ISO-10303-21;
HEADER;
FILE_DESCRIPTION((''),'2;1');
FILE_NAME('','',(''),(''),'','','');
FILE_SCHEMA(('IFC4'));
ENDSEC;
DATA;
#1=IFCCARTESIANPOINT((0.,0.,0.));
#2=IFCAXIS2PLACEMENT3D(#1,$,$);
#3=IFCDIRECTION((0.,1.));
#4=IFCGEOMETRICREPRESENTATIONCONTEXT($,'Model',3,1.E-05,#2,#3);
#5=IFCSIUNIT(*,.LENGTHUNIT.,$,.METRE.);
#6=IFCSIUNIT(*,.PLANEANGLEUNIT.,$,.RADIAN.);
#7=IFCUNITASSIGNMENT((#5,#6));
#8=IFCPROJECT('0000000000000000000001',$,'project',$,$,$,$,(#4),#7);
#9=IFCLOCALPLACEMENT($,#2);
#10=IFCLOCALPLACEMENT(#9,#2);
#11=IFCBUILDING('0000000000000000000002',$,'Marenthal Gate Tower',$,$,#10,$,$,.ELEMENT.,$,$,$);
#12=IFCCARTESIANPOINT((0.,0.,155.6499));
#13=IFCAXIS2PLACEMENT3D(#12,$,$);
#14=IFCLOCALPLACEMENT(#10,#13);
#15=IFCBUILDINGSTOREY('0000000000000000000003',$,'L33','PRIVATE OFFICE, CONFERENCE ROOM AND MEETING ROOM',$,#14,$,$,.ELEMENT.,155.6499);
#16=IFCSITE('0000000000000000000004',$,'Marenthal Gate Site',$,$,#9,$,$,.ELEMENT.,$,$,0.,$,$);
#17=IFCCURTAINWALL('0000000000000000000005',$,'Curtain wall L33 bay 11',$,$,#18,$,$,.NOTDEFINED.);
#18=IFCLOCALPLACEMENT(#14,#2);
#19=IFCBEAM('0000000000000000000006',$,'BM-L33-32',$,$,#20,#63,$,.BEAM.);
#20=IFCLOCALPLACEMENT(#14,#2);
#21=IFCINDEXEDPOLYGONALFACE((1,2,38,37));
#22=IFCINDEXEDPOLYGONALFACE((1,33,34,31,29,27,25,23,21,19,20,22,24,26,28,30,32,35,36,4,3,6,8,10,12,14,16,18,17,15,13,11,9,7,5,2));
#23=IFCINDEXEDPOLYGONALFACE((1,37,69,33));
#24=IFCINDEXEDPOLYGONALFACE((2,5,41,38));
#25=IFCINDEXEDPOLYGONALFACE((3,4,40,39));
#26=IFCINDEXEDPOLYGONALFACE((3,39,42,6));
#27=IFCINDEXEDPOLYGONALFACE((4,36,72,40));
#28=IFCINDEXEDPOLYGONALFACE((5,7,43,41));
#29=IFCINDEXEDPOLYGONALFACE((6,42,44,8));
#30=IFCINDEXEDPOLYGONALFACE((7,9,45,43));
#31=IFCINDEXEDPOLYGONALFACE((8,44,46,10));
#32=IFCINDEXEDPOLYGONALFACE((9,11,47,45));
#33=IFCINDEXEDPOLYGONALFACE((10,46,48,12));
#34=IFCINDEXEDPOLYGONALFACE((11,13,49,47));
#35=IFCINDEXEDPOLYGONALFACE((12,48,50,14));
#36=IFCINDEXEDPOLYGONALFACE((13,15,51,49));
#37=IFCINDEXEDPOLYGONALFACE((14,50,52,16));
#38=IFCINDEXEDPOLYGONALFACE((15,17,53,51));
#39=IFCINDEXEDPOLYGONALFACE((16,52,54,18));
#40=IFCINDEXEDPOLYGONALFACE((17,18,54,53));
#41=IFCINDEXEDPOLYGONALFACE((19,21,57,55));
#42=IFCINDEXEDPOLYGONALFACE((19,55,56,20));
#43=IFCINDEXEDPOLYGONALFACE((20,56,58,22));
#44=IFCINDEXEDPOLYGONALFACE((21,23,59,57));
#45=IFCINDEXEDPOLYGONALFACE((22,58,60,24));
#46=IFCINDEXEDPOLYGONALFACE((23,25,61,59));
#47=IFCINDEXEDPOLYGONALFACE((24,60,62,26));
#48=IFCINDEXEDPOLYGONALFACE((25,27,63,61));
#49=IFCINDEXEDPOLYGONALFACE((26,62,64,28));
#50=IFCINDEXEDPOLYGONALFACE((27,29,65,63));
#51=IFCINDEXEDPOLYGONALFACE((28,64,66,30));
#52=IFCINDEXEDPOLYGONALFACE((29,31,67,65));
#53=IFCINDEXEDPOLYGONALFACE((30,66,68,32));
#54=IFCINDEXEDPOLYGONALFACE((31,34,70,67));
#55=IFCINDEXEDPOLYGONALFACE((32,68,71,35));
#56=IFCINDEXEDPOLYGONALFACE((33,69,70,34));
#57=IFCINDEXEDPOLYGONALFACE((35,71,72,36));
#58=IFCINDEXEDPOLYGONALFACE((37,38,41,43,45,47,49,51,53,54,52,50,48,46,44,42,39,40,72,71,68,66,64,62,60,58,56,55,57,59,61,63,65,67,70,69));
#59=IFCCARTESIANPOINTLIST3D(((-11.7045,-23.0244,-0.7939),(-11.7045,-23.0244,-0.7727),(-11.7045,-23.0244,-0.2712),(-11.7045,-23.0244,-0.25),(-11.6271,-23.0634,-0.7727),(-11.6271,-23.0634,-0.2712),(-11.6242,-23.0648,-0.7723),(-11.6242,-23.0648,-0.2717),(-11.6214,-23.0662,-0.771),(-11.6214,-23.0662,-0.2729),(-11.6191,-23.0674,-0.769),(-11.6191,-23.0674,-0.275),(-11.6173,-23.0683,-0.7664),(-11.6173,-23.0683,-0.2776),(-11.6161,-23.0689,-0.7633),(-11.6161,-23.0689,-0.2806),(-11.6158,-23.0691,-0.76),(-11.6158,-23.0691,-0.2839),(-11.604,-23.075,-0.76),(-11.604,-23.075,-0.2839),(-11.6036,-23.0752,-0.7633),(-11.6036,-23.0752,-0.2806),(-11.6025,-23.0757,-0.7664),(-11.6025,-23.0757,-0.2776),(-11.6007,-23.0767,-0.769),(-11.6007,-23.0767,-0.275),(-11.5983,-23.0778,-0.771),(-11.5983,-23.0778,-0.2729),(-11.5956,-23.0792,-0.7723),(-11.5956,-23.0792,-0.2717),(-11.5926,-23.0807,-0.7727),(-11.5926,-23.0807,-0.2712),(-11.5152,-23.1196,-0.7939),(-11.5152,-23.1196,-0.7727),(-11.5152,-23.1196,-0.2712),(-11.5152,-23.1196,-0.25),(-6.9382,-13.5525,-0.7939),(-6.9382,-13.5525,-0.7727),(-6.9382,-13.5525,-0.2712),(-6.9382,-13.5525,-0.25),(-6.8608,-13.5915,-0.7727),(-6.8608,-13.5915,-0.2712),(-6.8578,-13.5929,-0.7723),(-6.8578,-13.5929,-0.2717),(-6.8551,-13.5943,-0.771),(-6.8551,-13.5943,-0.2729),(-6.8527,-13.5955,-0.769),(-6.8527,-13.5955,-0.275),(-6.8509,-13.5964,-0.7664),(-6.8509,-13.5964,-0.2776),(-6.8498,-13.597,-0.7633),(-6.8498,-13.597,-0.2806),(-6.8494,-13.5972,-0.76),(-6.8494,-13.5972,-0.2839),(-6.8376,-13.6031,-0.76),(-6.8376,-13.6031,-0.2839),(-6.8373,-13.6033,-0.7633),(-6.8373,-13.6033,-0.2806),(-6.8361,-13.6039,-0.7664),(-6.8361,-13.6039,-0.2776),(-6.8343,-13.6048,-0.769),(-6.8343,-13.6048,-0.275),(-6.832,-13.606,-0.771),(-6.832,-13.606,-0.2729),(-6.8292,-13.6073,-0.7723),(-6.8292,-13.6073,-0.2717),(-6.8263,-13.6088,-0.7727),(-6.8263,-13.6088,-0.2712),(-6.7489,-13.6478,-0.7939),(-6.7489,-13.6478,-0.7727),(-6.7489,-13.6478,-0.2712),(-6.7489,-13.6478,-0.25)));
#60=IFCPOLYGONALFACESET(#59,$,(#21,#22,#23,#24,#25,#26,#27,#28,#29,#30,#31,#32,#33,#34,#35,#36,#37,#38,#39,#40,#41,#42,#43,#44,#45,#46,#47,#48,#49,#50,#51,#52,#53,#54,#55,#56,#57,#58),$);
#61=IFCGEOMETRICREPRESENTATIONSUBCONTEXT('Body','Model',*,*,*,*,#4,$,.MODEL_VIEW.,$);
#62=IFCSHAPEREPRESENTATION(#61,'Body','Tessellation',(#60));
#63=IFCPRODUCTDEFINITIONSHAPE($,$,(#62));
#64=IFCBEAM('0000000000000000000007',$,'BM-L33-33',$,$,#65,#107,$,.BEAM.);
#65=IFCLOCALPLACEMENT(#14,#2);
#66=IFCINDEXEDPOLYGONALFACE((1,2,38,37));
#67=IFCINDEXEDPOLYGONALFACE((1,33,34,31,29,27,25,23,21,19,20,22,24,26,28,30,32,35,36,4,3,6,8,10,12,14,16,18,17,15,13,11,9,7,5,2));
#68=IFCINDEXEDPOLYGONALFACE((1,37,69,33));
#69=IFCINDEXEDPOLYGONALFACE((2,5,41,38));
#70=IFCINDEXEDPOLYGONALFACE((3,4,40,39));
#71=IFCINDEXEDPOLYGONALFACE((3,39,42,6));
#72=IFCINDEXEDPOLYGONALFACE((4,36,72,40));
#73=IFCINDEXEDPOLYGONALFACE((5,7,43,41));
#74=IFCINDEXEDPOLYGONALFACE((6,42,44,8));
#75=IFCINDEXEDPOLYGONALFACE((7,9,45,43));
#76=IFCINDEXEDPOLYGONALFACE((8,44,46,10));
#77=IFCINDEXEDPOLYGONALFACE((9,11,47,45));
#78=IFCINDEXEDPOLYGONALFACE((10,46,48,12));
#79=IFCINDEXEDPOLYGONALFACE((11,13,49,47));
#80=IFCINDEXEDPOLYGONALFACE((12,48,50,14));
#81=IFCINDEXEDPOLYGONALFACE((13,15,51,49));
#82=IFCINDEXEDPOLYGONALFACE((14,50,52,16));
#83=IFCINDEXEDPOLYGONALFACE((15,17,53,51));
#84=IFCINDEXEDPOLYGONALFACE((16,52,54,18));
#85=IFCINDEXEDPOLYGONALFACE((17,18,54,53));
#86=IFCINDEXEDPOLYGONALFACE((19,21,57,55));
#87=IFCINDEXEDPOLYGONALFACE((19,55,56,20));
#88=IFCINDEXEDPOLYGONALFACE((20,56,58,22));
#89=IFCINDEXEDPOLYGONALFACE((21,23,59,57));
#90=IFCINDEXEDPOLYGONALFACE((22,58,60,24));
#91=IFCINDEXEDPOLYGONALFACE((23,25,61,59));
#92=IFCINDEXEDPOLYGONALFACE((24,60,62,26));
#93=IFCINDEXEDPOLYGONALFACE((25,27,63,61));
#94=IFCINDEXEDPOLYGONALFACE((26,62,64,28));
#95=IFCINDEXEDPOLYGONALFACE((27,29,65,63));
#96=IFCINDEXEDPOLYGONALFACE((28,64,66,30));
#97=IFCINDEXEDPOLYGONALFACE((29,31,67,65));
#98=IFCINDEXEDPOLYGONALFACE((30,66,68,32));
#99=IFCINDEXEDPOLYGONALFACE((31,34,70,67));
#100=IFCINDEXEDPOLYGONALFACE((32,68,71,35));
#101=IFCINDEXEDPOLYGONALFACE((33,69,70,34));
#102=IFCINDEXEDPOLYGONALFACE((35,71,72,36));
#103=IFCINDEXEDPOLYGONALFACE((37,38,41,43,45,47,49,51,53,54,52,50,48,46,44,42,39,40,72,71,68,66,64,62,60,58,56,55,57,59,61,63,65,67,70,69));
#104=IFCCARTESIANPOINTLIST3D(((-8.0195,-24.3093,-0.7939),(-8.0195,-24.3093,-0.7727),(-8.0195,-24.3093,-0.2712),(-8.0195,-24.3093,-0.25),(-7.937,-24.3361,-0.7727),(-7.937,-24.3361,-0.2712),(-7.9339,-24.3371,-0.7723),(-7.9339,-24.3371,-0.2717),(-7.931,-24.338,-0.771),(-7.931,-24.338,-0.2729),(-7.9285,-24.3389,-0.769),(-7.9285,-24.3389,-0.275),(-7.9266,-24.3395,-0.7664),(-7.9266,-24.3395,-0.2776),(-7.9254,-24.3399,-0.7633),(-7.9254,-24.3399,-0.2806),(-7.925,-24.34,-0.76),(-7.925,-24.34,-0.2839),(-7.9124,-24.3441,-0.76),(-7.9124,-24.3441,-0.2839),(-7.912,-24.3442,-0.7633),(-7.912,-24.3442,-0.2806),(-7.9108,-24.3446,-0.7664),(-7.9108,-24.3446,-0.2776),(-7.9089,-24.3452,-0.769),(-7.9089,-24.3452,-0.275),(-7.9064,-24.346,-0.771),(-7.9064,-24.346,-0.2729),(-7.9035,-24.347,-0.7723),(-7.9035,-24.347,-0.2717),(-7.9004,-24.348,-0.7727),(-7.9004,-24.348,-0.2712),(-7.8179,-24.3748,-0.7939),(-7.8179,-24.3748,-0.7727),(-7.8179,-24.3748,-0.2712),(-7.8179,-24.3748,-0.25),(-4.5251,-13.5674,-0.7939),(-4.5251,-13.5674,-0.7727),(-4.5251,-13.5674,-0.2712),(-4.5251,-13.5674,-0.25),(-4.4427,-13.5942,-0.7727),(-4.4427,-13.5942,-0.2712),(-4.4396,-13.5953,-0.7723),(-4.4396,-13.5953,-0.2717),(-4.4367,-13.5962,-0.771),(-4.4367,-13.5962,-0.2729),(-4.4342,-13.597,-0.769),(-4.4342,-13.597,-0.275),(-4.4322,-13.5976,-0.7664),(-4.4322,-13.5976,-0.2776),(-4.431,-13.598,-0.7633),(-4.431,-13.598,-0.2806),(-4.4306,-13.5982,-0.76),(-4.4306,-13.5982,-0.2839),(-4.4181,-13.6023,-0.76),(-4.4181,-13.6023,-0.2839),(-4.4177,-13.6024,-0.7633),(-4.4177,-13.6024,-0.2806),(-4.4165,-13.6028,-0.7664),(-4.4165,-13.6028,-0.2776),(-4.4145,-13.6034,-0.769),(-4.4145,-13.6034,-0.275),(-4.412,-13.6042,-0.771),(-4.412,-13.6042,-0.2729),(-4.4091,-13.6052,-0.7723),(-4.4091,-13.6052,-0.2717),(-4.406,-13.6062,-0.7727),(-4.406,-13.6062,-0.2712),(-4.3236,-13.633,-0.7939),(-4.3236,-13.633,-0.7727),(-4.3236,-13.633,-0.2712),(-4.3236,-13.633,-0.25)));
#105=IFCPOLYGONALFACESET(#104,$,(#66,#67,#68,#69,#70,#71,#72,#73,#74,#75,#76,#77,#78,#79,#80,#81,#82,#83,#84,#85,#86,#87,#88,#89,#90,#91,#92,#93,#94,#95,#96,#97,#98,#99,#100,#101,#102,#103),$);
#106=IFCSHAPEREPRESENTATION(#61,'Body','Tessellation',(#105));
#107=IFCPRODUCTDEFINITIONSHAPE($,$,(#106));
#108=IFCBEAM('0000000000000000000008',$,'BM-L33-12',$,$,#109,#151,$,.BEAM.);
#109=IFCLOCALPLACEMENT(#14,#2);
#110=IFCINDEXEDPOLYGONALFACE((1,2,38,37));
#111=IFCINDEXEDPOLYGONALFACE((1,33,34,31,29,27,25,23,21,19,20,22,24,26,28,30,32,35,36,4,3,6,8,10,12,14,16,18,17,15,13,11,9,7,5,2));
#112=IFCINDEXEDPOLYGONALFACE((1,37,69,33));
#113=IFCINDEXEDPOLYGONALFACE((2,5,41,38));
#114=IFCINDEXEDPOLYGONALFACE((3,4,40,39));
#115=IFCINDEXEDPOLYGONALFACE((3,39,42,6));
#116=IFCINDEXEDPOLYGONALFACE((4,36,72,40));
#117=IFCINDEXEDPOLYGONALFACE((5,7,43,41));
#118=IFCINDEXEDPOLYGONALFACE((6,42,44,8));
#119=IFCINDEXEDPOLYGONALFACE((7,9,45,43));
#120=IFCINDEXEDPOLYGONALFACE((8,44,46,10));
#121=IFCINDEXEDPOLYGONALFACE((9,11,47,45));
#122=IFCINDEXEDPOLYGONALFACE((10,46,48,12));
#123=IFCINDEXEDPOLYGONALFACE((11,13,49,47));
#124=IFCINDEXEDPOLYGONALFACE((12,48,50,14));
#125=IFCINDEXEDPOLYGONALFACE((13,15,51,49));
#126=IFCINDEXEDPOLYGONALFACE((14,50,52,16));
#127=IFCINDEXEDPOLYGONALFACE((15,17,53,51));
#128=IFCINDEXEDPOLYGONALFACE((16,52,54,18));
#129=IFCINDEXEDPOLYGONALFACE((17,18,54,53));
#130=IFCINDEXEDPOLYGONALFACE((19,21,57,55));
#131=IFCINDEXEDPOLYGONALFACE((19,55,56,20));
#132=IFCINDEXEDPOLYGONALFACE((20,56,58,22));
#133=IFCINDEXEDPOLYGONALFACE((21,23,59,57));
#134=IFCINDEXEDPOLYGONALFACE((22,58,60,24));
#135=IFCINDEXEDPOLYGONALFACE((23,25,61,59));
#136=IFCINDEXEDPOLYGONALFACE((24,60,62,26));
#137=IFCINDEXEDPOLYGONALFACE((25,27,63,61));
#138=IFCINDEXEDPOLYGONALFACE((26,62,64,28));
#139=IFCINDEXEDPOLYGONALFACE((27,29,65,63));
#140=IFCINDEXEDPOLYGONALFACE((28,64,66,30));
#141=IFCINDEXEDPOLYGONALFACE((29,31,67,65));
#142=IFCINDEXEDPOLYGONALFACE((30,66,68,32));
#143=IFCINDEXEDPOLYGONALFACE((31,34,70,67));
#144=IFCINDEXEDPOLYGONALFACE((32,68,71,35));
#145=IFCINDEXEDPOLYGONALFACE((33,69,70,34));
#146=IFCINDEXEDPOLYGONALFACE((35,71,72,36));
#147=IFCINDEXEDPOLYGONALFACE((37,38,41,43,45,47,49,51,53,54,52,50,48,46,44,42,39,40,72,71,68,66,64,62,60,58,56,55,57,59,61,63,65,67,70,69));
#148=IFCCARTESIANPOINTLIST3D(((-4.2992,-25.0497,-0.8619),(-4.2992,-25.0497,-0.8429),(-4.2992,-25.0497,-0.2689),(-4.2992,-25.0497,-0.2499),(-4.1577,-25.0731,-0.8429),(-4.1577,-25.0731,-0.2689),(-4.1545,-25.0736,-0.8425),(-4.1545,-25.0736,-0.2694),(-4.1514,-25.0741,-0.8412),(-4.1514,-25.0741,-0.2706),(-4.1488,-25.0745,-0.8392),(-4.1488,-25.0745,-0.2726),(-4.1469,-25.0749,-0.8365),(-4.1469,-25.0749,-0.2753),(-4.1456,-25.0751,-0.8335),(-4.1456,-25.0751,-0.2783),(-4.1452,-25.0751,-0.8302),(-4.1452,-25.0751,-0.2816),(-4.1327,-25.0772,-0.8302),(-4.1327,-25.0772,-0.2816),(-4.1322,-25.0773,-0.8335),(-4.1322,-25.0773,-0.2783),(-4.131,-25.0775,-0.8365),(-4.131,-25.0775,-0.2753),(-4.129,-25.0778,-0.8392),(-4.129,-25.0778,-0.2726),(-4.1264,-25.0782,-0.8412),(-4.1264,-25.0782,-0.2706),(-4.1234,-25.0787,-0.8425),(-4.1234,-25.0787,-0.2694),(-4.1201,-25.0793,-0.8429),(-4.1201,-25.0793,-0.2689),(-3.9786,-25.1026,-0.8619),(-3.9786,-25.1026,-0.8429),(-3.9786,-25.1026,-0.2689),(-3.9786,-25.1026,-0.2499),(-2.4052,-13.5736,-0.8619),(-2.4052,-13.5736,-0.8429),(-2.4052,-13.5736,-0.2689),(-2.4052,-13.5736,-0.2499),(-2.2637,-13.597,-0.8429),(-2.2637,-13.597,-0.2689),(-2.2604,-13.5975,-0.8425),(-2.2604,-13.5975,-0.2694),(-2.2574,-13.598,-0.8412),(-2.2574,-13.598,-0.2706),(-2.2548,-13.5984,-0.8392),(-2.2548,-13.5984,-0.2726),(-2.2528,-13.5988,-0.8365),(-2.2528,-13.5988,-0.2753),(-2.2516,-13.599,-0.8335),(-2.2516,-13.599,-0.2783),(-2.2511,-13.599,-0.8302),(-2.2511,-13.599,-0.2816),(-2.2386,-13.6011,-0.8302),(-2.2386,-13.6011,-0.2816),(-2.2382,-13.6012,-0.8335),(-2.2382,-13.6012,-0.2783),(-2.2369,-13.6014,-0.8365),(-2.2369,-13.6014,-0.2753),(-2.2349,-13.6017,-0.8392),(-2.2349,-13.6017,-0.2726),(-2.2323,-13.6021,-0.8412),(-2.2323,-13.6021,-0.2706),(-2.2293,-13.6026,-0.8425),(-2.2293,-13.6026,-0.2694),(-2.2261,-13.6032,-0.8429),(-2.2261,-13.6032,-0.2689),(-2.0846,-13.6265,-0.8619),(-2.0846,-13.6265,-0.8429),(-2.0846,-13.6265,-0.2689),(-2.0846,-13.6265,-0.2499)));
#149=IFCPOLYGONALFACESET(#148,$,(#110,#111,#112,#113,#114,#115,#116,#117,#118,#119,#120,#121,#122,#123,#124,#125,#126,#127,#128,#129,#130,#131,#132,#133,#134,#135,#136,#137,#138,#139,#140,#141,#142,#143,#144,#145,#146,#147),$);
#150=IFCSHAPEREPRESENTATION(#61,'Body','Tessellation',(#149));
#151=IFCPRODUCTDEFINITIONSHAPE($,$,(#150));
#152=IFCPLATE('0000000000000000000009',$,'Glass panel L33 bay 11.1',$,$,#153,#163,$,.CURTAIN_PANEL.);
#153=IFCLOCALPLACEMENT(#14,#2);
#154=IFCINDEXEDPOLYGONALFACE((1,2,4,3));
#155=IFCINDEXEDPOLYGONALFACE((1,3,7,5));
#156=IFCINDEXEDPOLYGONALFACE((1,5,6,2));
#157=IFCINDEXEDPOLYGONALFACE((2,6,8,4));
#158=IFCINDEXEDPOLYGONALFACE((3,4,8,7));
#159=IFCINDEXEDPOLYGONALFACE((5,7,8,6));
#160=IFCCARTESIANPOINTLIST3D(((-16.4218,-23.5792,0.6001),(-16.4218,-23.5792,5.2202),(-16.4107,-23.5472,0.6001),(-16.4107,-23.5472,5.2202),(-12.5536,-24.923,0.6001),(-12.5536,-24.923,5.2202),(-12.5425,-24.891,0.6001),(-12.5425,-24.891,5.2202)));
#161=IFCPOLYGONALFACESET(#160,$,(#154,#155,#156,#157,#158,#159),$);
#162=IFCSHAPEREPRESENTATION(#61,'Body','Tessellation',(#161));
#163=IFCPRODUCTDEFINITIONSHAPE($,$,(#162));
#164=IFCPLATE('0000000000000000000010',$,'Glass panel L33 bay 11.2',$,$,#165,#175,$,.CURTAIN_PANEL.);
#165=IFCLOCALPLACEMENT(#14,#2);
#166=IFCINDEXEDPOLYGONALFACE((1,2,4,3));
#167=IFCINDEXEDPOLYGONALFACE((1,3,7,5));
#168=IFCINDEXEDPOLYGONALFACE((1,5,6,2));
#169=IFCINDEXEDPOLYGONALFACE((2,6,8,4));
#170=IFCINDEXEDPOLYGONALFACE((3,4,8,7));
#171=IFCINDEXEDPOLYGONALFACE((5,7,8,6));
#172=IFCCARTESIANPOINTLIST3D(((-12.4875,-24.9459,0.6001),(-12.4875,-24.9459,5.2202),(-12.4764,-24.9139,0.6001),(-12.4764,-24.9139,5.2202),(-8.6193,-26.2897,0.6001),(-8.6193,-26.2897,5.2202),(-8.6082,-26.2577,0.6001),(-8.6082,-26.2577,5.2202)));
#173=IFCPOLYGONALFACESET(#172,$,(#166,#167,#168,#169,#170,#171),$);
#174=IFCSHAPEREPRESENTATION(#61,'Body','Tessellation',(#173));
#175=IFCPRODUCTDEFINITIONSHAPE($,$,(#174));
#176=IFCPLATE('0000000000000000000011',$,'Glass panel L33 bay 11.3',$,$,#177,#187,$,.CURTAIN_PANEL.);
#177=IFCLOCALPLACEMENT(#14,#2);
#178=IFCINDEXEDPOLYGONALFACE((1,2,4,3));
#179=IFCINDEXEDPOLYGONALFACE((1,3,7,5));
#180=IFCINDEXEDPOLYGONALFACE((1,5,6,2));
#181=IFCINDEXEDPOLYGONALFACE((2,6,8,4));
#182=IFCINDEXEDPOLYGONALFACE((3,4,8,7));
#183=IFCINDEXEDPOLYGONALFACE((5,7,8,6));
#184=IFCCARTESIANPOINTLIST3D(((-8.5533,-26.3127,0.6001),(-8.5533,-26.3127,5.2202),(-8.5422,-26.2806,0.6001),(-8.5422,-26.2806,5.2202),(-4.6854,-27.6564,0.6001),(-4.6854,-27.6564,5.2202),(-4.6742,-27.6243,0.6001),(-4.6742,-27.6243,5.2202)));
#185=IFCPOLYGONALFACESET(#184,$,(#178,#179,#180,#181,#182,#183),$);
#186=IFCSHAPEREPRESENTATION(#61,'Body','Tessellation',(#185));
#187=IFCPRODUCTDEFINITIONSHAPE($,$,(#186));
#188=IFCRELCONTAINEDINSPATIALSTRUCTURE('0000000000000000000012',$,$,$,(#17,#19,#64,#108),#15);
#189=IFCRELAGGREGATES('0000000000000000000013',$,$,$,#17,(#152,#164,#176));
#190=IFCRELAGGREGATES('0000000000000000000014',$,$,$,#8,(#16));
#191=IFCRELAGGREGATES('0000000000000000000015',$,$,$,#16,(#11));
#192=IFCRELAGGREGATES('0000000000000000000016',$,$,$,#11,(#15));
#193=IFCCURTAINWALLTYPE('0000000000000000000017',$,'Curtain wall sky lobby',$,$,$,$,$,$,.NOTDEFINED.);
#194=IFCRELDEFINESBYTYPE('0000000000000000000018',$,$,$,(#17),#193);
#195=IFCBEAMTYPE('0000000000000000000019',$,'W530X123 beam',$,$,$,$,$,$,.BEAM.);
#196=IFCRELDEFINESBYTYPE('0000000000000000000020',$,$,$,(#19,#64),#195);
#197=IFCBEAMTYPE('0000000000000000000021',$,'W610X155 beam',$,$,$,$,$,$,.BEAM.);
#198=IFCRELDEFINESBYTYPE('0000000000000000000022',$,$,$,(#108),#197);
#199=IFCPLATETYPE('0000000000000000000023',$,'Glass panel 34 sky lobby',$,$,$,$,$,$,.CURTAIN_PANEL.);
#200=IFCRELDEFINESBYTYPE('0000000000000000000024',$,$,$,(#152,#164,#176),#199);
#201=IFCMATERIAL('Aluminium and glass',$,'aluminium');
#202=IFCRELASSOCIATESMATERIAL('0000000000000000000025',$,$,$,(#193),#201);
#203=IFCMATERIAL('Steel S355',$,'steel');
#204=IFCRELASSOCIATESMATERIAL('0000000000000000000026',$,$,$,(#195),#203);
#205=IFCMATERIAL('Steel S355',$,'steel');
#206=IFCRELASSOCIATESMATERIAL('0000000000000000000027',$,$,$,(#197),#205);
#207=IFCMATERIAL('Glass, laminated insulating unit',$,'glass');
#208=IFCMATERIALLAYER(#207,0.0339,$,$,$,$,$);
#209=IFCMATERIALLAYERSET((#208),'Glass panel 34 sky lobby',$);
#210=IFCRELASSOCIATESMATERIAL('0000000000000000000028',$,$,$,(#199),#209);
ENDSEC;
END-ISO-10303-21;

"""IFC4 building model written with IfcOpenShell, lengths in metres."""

from ifc_helpers import new_model, si_unit, direction, frame, origin, origin_2d, place, context, subcontext, project, spatial, rectangle, i_section, extrude, material, layer, layer_set, material_profile, profile_set, type_object, element, aggregate, save


model = new_model("IFC4")

# Units and contexts
model_context = context("Model", 3, precision=1e-05, world=origin(), true_north=direction((0.0, 1.0)))
body_context = subcontext(model_context, "Body", "Model", "MODEL_VIEW")
ifc_project = project(units=[si_unit("LENGTHUNIT", "METRE"), si_unit("PLANEANGLEUNIT", "RADIAN")], contexts=[model_context])

# Site, building, storey
site_placement = place(None, origin())
site = spatial("IfcSite", under=ifc_project, at=site_placement, Name="Marenthal Gate Site", CompositionType="ELEMENT", RefElevation=0.0)
building_placement = place(site_placement, origin())
building = spatial("IfcBuilding", under=site, at=building_placement, Name="Marenthal Gate Tower", CompositionType="ELEMENT")
storey_placement = place(building_placement, frame((0.0, 0.0, 155.6499)))
storey = spatial("IfcBuildingStorey", under=building, at=storey_placement, Name="L33", Description="PRIVATE OFFICE, CONFERENCE ROOM AND MEETING ROOM", CompositionType="ELEMENT", Elevation=155.6499)

# Curtain wall
ifc_material_1 = material(Name="Aluminium and glass", Category="aluminium")
curtain_wall_type = type_object("IfcCurtainWallType", Name="Curtain wall sky lobby", PredefinedType="NOTDEFINED", material=ifc_material_1)
curtain_wall_1_placement = place(storey_placement, origin())
curtain_wall_1 = element("IfcCurtainWall", 1, at=curtain_wall_1_placement, inside=storey, type_object=curtain_wall_type, Name="Curtain wall L33 bay 11", PredefinedType="NOTDEFINED")

# Beams
ifc_material_2 = material(Name="Steel S355", Category="steel")
ifc_material_profile_1 = material_profile(ifc_material_2, i_section(OverallWidth=0.2119, OverallDepth=0.5439, WebThickness=0.0132, FlangeThickness=0.0212, FilletRadius=0.0127, at=origin_2d()), Name="W530X123")
ifc_profile_set_1 = profile_set([ifc_material_profile_1], Name="Steel S355")
beam_type_1 = type_object("IfcBeamType", Name="W530X123 beam", PredefinedType="BEAM", material=ifc_profile_set_1)
beam_1_placement = place(storey_placement, frame((-11.6099, -23.072, -0.522), z_axis=(0.449505, 0.893278, 0.0), x_axis=(-0.893278, 0.449505, 0.0)))
element("IfcBeam", 2, at=beam_1_placement, inside=storey, type_object=beam_type_1, Name="BM-L33-32", PredefinedType="BEAM", context=body_context, shape_type="SweptSolid", body=[
    extrude(i_section(OverallWidth=0.2119, OverallDepth=0.5439, WebThickness=0.0132, FlangeThickness=0.0212, FilletRadius=0.0127, at=origin_2d()), origin(), (0.0, 0.0, 1.0), 10.6035),
])
beam_2_placement = place(storey_placement, frame((-7.9187, -24.342, -0.522), z_axis=(0.309347, 0.950949, 0.0), x_axis=(-0.950949, 0.309347, 0.0)))
element("IfcBeam", 3, at=beam_2_placement, inside=storey, type_object=beam_type_1, Name="BM-L33-33", PredefinedType="BEAM", context=body_context, shape_type="SweptSolid", body=[
    extrude(i_section(OverallWidth=0.2119, OverallDepth=0.5439, WebThickness=0.0132, FlangeThickness=0.0212, FilletRadius=0.0127, at=origin_2d()), origin(), (0.0, 0.0, 1.0), 11.2959),
])
ifc_material_3 = material(Name="Steel S355", Category="steel")
ifc_material_profile_2 = material_profile(ifc_material_3, i_section(OverallWidth=0.325, OverallDepth=0.6121, WebThickness=0.0127, FlangeThickness=0.019, FilletRadius=0.0127, at=origin_2d()), Name="W610X155")
ifc_profile_set_2 = profile_set([ifc_material_profile_2], Name="Steel S355")
beam_type_2 = type_object("IfcBeamType", Name="W610X155 beam", PredefinedType="BEAM", material=ifc_profile_set_2)
beam_3_placement = place(storey_placement, frame((-4.1389, -25.0762, -0.5559), z_axis=(0.16284, 0.986653, 0.0), x_axis=(-0.986653, 0.16284, 0.0)))
element("IfcBeam", 4, at=beam_3_placement, inside=storey, type_object=beam_type_2, Name="BM-L33-12", PredefinedType="BEAM", context=body_context, shape_type="SweptSolid", body=[
    extrude(i_section(OverallWidth=0.325, OverallDepth=0.6121, WebThickness=0.0127, FlangeThickness=0.019, FilletRadius=0.0127, at=origin_2d()), origin(), (0.0, 0.0, 1.0), 11.6313),
])

# Plates
ifc_material_4 = material(Name="Glass, laminated insulating unit", Category="glass")
ifc_layer_1 = layer(ifc_material_4, 0.0339)
ifc_layer_set_1 = layer_set([ifc_layer_1], Name="Glass panel 34 sky lobby")
plate_type = type_object("IfcPlateType", Name="Glass panel 34 sky lobby", PredefinedType="CURTAIN_PANEL", material=ifc_layer_set_1)
plate_1_placement = place(storey_placement, frame((-14.4822, -24.2351, 0.6001), z_axis=(0.0, 0.0, 1.0), x_axis=(0.944623, -0.328158, 0.0)))
plate_1 = element("IfcPlate", 5, at=plate_1_placement, type_object=plate_type, Name="Glass panel L33 bay 11.1", PredefinedType="CURTAIN_PANEL", context=body_context, shape_type="SweptSolid", body=[
    extrude(rectangle(XDim=4.095, YDim=0.0339, at=origin_2d()), origin(), (0.0, 0.0, 1.0), 4.6201),
])
plate_2_placement = place(storey_placement, frame((-10.5479, -25.6018, 0.6001), z_axis=(0.0, 0.0, 1.0), x_axis=(0.944623, -0.328158, 0.0)))
plate_2 = element("IfcPlate", 6, at=plate_2_placement, type_object=plate_type, Name="Glass panel L33 bay 11.2", PredefinedType="CURTAIN_PANEL", context=body_context, shape_type="SweptSolid", body=[
    extrude(rectangle(XDim=4.095, YDim=0.0339, at=origin_2d()), origin(), (0.0, 0.0, 1.0), 4.6201),
])
plate_3_placement = place(storey_placement, frame((-6.6138, -26.9685, 0.6001), z_axis=(0.0, 0.0, 1.0), x_axis=(0.944623, -0.328158, 0.0)))
plate_3 = element("IfcPlate", 7, at=plate_3_placement, type_object=plate_type, Name="Glass panel L33 bay 11.3", PredefinedType="CURTAIN_PANEL", context=body_context, shape_type="SweptSolid", body=[
    extrude(rectangle(XDim=4.0947, YDim=0.0339, at=origin_2d()), origin(), (0.0, 0.0, 1.0), 4.6201),
])
aggregate(curtain_wall_1, [plate_1, plate_2, plate_3])

save(model, "model.ifc")
